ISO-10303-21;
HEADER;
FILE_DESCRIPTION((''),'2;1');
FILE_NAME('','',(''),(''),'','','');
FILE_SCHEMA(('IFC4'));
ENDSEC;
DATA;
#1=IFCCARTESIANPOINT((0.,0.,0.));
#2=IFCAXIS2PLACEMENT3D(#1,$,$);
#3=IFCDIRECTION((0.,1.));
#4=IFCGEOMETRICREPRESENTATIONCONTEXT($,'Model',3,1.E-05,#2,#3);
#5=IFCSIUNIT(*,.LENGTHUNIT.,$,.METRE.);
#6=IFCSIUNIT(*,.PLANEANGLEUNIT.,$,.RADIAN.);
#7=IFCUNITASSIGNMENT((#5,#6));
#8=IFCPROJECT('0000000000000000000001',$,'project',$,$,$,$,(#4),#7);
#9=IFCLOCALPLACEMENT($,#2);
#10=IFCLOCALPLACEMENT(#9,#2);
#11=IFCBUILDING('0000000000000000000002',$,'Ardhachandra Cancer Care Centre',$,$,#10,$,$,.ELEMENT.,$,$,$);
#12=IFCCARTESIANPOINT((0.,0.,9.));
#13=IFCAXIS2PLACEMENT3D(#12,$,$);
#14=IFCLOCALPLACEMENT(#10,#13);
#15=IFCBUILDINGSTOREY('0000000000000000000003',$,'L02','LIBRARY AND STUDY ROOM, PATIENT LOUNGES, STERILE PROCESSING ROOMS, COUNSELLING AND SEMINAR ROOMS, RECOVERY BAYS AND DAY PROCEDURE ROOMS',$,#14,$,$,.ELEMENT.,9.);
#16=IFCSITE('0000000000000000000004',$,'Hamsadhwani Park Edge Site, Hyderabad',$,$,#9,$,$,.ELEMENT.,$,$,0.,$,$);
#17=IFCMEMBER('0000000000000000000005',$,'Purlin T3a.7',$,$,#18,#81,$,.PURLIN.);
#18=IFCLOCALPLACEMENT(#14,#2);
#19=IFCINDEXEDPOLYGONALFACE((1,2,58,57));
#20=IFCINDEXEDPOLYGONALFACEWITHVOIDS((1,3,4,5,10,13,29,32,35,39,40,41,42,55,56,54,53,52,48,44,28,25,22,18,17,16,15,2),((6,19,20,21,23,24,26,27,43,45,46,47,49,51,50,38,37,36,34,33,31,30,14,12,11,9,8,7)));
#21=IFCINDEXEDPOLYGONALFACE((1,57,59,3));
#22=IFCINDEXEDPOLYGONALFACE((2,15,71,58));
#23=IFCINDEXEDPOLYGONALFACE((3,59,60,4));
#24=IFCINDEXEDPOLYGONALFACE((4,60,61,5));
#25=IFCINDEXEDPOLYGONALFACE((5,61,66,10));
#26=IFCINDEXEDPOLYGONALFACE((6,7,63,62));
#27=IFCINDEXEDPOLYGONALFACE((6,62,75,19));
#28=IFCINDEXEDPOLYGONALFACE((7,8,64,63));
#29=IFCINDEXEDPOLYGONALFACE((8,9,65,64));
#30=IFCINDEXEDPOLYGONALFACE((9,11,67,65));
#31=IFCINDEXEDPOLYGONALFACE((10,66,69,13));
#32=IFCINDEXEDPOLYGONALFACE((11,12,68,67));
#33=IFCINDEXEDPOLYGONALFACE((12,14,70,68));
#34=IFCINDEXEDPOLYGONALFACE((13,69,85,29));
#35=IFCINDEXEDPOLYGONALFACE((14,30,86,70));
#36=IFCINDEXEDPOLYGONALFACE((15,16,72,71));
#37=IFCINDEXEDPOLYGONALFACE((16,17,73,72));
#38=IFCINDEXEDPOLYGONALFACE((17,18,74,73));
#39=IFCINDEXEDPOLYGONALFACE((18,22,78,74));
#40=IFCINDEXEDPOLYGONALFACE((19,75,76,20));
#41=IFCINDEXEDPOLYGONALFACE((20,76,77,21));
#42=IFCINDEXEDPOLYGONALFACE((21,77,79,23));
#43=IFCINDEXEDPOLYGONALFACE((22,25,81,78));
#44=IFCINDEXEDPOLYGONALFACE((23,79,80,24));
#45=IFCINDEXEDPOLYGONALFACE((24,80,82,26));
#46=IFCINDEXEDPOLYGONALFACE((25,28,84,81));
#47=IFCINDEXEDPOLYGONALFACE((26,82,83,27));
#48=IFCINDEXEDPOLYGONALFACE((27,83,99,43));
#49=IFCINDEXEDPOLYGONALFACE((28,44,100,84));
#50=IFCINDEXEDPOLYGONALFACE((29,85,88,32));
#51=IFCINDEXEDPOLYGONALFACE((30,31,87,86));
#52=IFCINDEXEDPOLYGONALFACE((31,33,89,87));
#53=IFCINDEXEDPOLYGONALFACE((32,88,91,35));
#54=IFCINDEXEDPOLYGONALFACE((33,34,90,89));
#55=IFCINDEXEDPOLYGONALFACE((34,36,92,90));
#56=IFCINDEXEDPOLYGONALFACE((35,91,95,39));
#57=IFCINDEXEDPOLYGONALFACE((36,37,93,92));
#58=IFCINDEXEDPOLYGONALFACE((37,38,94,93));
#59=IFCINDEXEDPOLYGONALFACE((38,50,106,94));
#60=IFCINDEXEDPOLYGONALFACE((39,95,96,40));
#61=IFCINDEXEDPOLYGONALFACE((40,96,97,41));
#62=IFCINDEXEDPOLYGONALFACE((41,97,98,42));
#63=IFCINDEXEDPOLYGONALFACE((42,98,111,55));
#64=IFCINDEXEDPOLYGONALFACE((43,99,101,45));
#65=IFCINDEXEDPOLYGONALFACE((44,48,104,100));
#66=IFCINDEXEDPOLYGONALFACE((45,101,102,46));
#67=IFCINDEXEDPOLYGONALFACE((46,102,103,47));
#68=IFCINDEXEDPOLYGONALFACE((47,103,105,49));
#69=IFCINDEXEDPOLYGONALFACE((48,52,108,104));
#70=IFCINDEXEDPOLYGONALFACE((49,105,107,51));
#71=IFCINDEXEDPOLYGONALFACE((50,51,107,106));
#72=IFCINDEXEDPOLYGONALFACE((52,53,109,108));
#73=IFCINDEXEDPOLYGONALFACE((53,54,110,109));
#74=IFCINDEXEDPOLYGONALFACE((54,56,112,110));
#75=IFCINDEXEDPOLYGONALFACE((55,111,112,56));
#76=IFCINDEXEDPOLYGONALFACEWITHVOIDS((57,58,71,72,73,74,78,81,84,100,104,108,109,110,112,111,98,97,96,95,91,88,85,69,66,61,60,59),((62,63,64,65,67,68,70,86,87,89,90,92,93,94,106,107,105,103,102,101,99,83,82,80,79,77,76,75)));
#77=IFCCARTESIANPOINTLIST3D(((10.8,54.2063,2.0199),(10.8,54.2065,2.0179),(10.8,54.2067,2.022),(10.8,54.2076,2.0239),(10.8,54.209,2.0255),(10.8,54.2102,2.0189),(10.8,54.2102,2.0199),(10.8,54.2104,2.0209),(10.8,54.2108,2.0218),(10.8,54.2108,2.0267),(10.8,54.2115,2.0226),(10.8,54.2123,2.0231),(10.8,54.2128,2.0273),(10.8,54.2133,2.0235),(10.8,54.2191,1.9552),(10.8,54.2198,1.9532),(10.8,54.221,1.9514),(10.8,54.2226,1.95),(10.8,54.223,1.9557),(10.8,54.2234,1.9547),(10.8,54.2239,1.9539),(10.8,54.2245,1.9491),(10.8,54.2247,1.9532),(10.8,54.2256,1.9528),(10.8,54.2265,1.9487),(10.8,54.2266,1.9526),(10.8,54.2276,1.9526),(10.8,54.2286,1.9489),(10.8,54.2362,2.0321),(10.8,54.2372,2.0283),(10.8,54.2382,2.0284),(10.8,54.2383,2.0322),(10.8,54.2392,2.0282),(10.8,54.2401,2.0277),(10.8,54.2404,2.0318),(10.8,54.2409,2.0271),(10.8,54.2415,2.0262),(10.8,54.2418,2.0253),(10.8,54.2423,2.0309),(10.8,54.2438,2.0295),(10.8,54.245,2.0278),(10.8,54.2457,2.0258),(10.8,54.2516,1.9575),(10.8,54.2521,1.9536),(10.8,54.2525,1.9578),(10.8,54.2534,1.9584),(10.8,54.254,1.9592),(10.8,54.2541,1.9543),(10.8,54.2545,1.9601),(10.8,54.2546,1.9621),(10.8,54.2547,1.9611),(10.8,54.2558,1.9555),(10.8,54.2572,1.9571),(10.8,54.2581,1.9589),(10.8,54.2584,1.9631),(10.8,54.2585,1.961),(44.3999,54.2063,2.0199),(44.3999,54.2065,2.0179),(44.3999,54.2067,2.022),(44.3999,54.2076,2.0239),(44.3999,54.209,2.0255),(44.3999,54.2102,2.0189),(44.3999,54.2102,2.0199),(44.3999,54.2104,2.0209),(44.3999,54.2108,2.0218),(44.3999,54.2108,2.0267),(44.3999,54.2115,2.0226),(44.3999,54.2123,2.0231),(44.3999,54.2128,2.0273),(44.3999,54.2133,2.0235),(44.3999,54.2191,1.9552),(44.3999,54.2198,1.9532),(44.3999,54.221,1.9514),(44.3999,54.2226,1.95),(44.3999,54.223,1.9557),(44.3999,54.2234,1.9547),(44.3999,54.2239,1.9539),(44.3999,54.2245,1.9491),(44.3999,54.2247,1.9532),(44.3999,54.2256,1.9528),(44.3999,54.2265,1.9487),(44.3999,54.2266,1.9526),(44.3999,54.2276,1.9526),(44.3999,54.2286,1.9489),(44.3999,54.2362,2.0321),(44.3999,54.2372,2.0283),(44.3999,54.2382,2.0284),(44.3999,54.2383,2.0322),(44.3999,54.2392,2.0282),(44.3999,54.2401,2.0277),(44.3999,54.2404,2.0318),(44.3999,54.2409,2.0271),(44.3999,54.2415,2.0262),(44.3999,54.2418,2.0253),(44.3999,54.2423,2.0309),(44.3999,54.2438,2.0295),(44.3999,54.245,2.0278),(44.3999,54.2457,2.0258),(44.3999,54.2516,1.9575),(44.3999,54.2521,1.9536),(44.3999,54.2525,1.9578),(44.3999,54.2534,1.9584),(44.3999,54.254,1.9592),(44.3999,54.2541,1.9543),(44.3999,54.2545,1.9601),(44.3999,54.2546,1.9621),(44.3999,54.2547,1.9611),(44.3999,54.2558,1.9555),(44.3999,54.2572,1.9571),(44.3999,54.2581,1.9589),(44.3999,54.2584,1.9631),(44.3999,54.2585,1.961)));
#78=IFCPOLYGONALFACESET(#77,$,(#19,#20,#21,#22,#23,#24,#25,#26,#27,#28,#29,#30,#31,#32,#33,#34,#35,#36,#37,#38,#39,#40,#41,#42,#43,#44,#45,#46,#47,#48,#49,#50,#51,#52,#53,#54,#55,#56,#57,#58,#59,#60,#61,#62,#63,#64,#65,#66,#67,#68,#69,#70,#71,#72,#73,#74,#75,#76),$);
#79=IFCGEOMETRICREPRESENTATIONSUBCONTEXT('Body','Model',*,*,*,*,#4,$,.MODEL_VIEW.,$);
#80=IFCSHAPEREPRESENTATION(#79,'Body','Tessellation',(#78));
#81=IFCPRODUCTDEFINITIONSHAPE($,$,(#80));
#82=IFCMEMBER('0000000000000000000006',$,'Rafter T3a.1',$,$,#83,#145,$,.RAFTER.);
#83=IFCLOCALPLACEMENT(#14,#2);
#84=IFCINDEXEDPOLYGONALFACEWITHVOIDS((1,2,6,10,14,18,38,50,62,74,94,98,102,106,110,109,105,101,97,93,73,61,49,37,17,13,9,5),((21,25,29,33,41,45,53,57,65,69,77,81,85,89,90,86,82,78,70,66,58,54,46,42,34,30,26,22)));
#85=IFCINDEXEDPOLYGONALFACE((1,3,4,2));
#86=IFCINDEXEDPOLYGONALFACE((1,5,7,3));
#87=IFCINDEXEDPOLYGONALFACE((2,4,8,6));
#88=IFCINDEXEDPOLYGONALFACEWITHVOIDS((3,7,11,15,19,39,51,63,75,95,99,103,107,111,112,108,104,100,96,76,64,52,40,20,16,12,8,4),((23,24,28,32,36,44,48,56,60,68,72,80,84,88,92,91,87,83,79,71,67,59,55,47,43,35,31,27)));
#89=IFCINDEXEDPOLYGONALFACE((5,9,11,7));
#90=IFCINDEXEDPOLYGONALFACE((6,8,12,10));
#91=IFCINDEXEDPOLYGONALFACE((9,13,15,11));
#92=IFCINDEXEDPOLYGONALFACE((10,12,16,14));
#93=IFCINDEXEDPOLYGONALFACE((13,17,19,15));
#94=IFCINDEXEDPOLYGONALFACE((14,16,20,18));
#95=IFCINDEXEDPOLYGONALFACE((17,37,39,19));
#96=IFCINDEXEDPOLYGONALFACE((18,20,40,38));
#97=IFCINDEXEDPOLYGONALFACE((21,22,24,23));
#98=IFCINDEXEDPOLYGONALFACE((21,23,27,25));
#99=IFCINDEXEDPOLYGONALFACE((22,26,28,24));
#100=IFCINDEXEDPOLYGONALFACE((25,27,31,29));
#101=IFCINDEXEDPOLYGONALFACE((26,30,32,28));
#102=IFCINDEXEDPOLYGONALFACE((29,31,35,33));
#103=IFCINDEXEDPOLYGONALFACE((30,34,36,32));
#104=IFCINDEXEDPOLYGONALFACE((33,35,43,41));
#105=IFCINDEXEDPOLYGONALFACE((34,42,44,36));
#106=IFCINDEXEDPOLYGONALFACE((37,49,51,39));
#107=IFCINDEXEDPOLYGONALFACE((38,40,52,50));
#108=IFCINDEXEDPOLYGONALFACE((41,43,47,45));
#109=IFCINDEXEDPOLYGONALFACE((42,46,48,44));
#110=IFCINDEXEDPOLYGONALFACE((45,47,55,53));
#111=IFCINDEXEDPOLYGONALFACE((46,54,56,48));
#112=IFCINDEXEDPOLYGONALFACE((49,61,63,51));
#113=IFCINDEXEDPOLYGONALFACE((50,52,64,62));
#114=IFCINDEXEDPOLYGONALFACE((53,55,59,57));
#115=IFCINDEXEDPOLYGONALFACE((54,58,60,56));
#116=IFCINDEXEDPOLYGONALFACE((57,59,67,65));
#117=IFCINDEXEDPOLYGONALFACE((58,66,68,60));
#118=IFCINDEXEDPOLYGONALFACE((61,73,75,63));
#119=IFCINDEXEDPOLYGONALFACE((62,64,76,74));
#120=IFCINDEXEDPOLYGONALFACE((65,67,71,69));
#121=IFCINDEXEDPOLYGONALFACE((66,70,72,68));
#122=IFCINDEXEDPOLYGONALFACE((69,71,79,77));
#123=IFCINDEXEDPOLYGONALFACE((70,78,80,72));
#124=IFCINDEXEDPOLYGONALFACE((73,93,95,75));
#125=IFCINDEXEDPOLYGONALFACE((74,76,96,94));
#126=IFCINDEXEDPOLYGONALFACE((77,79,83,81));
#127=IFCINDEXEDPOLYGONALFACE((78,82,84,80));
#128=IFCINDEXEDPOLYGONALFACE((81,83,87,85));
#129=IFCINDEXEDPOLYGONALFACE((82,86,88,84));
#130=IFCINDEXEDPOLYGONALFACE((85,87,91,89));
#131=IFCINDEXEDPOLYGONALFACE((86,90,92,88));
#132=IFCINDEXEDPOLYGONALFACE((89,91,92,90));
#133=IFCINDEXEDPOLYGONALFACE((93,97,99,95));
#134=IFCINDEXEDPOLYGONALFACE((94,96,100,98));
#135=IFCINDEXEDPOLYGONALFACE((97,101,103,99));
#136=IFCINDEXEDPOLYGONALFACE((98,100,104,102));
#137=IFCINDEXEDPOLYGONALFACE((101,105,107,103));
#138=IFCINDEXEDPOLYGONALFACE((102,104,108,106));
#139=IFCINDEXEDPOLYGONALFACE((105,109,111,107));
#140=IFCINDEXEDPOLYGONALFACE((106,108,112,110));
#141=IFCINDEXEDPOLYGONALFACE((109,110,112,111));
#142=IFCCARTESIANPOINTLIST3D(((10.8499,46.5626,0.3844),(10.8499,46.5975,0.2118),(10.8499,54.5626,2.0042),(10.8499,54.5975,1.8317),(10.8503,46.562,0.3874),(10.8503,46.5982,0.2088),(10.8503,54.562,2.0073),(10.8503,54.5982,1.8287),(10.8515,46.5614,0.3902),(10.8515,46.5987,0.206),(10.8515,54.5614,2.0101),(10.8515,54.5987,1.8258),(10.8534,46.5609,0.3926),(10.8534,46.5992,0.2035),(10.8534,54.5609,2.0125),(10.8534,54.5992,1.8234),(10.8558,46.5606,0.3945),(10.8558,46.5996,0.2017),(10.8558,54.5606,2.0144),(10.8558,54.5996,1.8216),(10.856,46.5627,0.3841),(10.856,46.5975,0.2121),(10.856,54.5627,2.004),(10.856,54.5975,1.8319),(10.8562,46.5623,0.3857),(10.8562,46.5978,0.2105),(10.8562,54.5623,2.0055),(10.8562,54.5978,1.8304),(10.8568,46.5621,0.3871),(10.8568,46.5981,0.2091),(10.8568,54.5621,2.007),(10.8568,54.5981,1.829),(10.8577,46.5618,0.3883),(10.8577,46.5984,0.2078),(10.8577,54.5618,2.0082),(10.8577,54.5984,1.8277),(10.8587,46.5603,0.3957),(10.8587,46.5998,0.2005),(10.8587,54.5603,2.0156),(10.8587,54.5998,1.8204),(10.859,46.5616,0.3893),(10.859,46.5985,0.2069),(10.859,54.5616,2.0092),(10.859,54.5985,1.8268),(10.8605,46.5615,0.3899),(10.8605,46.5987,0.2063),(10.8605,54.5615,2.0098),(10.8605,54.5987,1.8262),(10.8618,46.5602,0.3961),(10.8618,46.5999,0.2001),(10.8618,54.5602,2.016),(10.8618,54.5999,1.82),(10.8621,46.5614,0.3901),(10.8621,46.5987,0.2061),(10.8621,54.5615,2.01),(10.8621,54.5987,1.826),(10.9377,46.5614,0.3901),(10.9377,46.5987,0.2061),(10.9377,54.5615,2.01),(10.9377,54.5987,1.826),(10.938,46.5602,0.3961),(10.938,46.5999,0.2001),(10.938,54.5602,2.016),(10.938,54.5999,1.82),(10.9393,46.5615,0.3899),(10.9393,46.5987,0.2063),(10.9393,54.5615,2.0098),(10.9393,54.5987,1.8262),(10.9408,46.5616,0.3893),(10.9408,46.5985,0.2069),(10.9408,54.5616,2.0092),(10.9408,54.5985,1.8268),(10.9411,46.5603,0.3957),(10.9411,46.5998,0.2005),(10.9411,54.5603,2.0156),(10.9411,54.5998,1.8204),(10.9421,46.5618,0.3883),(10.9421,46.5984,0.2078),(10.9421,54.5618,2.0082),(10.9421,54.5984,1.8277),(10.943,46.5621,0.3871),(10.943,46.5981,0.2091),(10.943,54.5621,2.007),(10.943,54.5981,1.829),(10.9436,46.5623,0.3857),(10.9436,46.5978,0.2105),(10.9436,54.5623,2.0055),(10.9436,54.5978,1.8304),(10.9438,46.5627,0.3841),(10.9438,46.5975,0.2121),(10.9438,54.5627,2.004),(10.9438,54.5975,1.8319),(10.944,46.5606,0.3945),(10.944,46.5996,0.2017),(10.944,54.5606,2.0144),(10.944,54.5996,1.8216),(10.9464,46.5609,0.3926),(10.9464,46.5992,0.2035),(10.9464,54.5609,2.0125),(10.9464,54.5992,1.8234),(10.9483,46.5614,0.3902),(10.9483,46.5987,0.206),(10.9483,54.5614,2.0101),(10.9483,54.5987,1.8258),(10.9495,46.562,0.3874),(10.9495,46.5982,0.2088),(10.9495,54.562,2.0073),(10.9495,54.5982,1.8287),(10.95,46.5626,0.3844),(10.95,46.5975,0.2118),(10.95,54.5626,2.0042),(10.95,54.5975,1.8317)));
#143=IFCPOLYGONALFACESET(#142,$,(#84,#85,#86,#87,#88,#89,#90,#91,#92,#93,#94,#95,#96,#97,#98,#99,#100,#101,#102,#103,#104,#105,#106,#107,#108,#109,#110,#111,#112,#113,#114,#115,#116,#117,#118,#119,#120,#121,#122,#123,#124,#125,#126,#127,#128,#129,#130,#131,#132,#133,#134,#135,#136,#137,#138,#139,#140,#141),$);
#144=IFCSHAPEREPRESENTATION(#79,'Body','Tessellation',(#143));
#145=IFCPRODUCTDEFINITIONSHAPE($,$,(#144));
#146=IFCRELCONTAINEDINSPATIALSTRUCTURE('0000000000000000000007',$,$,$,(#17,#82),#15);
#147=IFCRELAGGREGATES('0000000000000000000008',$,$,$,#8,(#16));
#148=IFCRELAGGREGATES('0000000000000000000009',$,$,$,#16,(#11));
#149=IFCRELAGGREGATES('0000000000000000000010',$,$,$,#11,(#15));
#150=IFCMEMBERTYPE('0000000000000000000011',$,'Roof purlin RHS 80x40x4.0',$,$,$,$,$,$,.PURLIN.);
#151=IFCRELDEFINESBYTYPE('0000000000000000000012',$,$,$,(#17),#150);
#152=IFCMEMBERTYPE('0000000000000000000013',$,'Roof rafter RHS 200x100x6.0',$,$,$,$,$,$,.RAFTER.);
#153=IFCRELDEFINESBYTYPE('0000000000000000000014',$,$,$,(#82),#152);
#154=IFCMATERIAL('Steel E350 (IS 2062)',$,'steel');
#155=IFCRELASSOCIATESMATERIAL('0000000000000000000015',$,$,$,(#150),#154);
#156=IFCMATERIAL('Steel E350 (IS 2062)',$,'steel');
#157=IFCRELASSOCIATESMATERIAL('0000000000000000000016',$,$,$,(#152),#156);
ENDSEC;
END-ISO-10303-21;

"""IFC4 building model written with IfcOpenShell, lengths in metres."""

from ifc_helpers import new_model, si_unit, direction, frame, origin, origin_2d, place, context, subcontext, project, spatial, hollow_rectangle, extrude, material, material_profile, profile_set, type_object, element, save


model = new_model("IFC4")

# Units and contexts
model_context = context("Model", 3, precision=1e-05, world=origin(), true_north=direction((0.0, 1.0)))
body_context = subcontext(model_context, "Body", "Model", "MODEL_VIEW")
ifc_project = project(units=[si_unit("LENGTHUNIT", "METRE"), si_unit("PLANEANGLEUNIT", "RADIAN")], contexts=[model_context])

# Site, building, storey
site_placement = place(None, origin())
site = spatial("IfcSite", under=ifc_project, at=site_placement, Name="Hamsadhwani Park Edge Site, Hyderabad", CompositionType="ELEMENT", RefElevation=0.0)
building_placement = place(site_placement, origin())
building = spatial("IfcBuilding", under=site, at=building_placement, Name="Ardhachandra Cancer Care Centre", CompositionType="ELEMENT")
storey_placement = place(building_placement, frame((0.0, 0.0, 9.0)))
storey = spatial("IfcBuildingStorey", under=building, at=storey_placement, Name="L02", Description="LIBRARY AND STUDY ROOM, PATIENT LOUNGES, STERILE PROCESSING ROOMS, COUNSELLING AND SEMINAR ROOMS, RECOVERY BAYS AND DAY PROCEDURE ROOMS", CompositionType="ELEMENT", Elevation=9.0)

# Members
ifc_material_1 = material(Name="Steel E350 (IS 2062)", Category="steel")
ifc_material_profile_1 = material_profile(ifc_material_1, hollow_rectangle(XDim=0.04, YDim=0.0801, WallThickness=0.0039, InnerFilletRadius=0.0039, OuterFilletRadius=0.0081, at=origin_2d()), Name="RHS 80x40x4.0")
ifc_profile_set_1 = profile_set([ifc_material_profile_1], Name="Steel E350 (IS 2062)")
member_type_1 = type_object("IfcMemberType", Name="Roof purlin RHS 80x40x4.0", PredefinedType="PURLIN", material=ifc_profile_set_1)
for number, where, z_axis, x_axis, name in (
    (1, (10.8, 54.2324, 1.9905), (1.0, 0.0, 0.0), (0.0, 0.980107, 0.198472), "Purlin T3a.7"),
):
    element("IfcMember", number, at=place(storey_placement, frame(where, z_axis=z_axis, x_axis=x_axis)), inside=storey, type_object=member_type_1, Name=name, PredefinedType="PURLIN", context=body_context, shape_type="SweptSolid", body=[
        extrude(hollow_rectangle(XDim=0.04, YDim=0.0801, WallThickness=0.0039, InnerFilletRadius=0.0039, OuterFilletRadius=0.0081, at=origin_2d()), origin(), (0.0, 0.0, 1.0), 33.5999),
    ])
ifc_material_2 = material(Name="Steel E350 (IS 2062)", Category="steel")
ifc_material_profile_2 = material_profile(ifc_material_2, hollow_rectangle(XDim=0.1001, YDim=0.2, WallThickness=0.0061, InnerFilletRadius=0.0061, OuterFilletRadius=0.012, at=origin_2d()), Name="RHS 200x100x6.0")
ifc_profile_set_2 = profile_set([ifc_material_profile_2], Name="Steel E350 (IS 2062)")
member_type_2 = type_object("IfcMemberType", Name="Roof rafter RHS 200x100x6.0", PredefinedType="RAFTER", material=ifc_profile_set_2)
for number, where, z_axis, x_axis, name in (
    (2, (10.8999, 46.5801, 0.2981), (0.0, 0.98011, 0.198457), (-1.0, 0.0, 0.0), "Rafter T3a.1"),
):
    element("IfcMember", number, at=place(storey_placement, frame(where, z_axis=z_axis, x_axis=x_axis)), inside=storey, type_object=member_type_2, Name=name, PredefinedType="RAFTER", context=body_context, shape_type="SweptSolid", body=[
        extrude(hollow_rectangle(XDim=0.1001, YDim=0.2, WallThickness=0.0061, InnerFilletRadius=0.0061, OuterFilletRadius=0.012, at=origin_2d()), origin(), (0.0, 0.0, 1.0), 8.1624),
    ])

save(model, "model.ifc")
